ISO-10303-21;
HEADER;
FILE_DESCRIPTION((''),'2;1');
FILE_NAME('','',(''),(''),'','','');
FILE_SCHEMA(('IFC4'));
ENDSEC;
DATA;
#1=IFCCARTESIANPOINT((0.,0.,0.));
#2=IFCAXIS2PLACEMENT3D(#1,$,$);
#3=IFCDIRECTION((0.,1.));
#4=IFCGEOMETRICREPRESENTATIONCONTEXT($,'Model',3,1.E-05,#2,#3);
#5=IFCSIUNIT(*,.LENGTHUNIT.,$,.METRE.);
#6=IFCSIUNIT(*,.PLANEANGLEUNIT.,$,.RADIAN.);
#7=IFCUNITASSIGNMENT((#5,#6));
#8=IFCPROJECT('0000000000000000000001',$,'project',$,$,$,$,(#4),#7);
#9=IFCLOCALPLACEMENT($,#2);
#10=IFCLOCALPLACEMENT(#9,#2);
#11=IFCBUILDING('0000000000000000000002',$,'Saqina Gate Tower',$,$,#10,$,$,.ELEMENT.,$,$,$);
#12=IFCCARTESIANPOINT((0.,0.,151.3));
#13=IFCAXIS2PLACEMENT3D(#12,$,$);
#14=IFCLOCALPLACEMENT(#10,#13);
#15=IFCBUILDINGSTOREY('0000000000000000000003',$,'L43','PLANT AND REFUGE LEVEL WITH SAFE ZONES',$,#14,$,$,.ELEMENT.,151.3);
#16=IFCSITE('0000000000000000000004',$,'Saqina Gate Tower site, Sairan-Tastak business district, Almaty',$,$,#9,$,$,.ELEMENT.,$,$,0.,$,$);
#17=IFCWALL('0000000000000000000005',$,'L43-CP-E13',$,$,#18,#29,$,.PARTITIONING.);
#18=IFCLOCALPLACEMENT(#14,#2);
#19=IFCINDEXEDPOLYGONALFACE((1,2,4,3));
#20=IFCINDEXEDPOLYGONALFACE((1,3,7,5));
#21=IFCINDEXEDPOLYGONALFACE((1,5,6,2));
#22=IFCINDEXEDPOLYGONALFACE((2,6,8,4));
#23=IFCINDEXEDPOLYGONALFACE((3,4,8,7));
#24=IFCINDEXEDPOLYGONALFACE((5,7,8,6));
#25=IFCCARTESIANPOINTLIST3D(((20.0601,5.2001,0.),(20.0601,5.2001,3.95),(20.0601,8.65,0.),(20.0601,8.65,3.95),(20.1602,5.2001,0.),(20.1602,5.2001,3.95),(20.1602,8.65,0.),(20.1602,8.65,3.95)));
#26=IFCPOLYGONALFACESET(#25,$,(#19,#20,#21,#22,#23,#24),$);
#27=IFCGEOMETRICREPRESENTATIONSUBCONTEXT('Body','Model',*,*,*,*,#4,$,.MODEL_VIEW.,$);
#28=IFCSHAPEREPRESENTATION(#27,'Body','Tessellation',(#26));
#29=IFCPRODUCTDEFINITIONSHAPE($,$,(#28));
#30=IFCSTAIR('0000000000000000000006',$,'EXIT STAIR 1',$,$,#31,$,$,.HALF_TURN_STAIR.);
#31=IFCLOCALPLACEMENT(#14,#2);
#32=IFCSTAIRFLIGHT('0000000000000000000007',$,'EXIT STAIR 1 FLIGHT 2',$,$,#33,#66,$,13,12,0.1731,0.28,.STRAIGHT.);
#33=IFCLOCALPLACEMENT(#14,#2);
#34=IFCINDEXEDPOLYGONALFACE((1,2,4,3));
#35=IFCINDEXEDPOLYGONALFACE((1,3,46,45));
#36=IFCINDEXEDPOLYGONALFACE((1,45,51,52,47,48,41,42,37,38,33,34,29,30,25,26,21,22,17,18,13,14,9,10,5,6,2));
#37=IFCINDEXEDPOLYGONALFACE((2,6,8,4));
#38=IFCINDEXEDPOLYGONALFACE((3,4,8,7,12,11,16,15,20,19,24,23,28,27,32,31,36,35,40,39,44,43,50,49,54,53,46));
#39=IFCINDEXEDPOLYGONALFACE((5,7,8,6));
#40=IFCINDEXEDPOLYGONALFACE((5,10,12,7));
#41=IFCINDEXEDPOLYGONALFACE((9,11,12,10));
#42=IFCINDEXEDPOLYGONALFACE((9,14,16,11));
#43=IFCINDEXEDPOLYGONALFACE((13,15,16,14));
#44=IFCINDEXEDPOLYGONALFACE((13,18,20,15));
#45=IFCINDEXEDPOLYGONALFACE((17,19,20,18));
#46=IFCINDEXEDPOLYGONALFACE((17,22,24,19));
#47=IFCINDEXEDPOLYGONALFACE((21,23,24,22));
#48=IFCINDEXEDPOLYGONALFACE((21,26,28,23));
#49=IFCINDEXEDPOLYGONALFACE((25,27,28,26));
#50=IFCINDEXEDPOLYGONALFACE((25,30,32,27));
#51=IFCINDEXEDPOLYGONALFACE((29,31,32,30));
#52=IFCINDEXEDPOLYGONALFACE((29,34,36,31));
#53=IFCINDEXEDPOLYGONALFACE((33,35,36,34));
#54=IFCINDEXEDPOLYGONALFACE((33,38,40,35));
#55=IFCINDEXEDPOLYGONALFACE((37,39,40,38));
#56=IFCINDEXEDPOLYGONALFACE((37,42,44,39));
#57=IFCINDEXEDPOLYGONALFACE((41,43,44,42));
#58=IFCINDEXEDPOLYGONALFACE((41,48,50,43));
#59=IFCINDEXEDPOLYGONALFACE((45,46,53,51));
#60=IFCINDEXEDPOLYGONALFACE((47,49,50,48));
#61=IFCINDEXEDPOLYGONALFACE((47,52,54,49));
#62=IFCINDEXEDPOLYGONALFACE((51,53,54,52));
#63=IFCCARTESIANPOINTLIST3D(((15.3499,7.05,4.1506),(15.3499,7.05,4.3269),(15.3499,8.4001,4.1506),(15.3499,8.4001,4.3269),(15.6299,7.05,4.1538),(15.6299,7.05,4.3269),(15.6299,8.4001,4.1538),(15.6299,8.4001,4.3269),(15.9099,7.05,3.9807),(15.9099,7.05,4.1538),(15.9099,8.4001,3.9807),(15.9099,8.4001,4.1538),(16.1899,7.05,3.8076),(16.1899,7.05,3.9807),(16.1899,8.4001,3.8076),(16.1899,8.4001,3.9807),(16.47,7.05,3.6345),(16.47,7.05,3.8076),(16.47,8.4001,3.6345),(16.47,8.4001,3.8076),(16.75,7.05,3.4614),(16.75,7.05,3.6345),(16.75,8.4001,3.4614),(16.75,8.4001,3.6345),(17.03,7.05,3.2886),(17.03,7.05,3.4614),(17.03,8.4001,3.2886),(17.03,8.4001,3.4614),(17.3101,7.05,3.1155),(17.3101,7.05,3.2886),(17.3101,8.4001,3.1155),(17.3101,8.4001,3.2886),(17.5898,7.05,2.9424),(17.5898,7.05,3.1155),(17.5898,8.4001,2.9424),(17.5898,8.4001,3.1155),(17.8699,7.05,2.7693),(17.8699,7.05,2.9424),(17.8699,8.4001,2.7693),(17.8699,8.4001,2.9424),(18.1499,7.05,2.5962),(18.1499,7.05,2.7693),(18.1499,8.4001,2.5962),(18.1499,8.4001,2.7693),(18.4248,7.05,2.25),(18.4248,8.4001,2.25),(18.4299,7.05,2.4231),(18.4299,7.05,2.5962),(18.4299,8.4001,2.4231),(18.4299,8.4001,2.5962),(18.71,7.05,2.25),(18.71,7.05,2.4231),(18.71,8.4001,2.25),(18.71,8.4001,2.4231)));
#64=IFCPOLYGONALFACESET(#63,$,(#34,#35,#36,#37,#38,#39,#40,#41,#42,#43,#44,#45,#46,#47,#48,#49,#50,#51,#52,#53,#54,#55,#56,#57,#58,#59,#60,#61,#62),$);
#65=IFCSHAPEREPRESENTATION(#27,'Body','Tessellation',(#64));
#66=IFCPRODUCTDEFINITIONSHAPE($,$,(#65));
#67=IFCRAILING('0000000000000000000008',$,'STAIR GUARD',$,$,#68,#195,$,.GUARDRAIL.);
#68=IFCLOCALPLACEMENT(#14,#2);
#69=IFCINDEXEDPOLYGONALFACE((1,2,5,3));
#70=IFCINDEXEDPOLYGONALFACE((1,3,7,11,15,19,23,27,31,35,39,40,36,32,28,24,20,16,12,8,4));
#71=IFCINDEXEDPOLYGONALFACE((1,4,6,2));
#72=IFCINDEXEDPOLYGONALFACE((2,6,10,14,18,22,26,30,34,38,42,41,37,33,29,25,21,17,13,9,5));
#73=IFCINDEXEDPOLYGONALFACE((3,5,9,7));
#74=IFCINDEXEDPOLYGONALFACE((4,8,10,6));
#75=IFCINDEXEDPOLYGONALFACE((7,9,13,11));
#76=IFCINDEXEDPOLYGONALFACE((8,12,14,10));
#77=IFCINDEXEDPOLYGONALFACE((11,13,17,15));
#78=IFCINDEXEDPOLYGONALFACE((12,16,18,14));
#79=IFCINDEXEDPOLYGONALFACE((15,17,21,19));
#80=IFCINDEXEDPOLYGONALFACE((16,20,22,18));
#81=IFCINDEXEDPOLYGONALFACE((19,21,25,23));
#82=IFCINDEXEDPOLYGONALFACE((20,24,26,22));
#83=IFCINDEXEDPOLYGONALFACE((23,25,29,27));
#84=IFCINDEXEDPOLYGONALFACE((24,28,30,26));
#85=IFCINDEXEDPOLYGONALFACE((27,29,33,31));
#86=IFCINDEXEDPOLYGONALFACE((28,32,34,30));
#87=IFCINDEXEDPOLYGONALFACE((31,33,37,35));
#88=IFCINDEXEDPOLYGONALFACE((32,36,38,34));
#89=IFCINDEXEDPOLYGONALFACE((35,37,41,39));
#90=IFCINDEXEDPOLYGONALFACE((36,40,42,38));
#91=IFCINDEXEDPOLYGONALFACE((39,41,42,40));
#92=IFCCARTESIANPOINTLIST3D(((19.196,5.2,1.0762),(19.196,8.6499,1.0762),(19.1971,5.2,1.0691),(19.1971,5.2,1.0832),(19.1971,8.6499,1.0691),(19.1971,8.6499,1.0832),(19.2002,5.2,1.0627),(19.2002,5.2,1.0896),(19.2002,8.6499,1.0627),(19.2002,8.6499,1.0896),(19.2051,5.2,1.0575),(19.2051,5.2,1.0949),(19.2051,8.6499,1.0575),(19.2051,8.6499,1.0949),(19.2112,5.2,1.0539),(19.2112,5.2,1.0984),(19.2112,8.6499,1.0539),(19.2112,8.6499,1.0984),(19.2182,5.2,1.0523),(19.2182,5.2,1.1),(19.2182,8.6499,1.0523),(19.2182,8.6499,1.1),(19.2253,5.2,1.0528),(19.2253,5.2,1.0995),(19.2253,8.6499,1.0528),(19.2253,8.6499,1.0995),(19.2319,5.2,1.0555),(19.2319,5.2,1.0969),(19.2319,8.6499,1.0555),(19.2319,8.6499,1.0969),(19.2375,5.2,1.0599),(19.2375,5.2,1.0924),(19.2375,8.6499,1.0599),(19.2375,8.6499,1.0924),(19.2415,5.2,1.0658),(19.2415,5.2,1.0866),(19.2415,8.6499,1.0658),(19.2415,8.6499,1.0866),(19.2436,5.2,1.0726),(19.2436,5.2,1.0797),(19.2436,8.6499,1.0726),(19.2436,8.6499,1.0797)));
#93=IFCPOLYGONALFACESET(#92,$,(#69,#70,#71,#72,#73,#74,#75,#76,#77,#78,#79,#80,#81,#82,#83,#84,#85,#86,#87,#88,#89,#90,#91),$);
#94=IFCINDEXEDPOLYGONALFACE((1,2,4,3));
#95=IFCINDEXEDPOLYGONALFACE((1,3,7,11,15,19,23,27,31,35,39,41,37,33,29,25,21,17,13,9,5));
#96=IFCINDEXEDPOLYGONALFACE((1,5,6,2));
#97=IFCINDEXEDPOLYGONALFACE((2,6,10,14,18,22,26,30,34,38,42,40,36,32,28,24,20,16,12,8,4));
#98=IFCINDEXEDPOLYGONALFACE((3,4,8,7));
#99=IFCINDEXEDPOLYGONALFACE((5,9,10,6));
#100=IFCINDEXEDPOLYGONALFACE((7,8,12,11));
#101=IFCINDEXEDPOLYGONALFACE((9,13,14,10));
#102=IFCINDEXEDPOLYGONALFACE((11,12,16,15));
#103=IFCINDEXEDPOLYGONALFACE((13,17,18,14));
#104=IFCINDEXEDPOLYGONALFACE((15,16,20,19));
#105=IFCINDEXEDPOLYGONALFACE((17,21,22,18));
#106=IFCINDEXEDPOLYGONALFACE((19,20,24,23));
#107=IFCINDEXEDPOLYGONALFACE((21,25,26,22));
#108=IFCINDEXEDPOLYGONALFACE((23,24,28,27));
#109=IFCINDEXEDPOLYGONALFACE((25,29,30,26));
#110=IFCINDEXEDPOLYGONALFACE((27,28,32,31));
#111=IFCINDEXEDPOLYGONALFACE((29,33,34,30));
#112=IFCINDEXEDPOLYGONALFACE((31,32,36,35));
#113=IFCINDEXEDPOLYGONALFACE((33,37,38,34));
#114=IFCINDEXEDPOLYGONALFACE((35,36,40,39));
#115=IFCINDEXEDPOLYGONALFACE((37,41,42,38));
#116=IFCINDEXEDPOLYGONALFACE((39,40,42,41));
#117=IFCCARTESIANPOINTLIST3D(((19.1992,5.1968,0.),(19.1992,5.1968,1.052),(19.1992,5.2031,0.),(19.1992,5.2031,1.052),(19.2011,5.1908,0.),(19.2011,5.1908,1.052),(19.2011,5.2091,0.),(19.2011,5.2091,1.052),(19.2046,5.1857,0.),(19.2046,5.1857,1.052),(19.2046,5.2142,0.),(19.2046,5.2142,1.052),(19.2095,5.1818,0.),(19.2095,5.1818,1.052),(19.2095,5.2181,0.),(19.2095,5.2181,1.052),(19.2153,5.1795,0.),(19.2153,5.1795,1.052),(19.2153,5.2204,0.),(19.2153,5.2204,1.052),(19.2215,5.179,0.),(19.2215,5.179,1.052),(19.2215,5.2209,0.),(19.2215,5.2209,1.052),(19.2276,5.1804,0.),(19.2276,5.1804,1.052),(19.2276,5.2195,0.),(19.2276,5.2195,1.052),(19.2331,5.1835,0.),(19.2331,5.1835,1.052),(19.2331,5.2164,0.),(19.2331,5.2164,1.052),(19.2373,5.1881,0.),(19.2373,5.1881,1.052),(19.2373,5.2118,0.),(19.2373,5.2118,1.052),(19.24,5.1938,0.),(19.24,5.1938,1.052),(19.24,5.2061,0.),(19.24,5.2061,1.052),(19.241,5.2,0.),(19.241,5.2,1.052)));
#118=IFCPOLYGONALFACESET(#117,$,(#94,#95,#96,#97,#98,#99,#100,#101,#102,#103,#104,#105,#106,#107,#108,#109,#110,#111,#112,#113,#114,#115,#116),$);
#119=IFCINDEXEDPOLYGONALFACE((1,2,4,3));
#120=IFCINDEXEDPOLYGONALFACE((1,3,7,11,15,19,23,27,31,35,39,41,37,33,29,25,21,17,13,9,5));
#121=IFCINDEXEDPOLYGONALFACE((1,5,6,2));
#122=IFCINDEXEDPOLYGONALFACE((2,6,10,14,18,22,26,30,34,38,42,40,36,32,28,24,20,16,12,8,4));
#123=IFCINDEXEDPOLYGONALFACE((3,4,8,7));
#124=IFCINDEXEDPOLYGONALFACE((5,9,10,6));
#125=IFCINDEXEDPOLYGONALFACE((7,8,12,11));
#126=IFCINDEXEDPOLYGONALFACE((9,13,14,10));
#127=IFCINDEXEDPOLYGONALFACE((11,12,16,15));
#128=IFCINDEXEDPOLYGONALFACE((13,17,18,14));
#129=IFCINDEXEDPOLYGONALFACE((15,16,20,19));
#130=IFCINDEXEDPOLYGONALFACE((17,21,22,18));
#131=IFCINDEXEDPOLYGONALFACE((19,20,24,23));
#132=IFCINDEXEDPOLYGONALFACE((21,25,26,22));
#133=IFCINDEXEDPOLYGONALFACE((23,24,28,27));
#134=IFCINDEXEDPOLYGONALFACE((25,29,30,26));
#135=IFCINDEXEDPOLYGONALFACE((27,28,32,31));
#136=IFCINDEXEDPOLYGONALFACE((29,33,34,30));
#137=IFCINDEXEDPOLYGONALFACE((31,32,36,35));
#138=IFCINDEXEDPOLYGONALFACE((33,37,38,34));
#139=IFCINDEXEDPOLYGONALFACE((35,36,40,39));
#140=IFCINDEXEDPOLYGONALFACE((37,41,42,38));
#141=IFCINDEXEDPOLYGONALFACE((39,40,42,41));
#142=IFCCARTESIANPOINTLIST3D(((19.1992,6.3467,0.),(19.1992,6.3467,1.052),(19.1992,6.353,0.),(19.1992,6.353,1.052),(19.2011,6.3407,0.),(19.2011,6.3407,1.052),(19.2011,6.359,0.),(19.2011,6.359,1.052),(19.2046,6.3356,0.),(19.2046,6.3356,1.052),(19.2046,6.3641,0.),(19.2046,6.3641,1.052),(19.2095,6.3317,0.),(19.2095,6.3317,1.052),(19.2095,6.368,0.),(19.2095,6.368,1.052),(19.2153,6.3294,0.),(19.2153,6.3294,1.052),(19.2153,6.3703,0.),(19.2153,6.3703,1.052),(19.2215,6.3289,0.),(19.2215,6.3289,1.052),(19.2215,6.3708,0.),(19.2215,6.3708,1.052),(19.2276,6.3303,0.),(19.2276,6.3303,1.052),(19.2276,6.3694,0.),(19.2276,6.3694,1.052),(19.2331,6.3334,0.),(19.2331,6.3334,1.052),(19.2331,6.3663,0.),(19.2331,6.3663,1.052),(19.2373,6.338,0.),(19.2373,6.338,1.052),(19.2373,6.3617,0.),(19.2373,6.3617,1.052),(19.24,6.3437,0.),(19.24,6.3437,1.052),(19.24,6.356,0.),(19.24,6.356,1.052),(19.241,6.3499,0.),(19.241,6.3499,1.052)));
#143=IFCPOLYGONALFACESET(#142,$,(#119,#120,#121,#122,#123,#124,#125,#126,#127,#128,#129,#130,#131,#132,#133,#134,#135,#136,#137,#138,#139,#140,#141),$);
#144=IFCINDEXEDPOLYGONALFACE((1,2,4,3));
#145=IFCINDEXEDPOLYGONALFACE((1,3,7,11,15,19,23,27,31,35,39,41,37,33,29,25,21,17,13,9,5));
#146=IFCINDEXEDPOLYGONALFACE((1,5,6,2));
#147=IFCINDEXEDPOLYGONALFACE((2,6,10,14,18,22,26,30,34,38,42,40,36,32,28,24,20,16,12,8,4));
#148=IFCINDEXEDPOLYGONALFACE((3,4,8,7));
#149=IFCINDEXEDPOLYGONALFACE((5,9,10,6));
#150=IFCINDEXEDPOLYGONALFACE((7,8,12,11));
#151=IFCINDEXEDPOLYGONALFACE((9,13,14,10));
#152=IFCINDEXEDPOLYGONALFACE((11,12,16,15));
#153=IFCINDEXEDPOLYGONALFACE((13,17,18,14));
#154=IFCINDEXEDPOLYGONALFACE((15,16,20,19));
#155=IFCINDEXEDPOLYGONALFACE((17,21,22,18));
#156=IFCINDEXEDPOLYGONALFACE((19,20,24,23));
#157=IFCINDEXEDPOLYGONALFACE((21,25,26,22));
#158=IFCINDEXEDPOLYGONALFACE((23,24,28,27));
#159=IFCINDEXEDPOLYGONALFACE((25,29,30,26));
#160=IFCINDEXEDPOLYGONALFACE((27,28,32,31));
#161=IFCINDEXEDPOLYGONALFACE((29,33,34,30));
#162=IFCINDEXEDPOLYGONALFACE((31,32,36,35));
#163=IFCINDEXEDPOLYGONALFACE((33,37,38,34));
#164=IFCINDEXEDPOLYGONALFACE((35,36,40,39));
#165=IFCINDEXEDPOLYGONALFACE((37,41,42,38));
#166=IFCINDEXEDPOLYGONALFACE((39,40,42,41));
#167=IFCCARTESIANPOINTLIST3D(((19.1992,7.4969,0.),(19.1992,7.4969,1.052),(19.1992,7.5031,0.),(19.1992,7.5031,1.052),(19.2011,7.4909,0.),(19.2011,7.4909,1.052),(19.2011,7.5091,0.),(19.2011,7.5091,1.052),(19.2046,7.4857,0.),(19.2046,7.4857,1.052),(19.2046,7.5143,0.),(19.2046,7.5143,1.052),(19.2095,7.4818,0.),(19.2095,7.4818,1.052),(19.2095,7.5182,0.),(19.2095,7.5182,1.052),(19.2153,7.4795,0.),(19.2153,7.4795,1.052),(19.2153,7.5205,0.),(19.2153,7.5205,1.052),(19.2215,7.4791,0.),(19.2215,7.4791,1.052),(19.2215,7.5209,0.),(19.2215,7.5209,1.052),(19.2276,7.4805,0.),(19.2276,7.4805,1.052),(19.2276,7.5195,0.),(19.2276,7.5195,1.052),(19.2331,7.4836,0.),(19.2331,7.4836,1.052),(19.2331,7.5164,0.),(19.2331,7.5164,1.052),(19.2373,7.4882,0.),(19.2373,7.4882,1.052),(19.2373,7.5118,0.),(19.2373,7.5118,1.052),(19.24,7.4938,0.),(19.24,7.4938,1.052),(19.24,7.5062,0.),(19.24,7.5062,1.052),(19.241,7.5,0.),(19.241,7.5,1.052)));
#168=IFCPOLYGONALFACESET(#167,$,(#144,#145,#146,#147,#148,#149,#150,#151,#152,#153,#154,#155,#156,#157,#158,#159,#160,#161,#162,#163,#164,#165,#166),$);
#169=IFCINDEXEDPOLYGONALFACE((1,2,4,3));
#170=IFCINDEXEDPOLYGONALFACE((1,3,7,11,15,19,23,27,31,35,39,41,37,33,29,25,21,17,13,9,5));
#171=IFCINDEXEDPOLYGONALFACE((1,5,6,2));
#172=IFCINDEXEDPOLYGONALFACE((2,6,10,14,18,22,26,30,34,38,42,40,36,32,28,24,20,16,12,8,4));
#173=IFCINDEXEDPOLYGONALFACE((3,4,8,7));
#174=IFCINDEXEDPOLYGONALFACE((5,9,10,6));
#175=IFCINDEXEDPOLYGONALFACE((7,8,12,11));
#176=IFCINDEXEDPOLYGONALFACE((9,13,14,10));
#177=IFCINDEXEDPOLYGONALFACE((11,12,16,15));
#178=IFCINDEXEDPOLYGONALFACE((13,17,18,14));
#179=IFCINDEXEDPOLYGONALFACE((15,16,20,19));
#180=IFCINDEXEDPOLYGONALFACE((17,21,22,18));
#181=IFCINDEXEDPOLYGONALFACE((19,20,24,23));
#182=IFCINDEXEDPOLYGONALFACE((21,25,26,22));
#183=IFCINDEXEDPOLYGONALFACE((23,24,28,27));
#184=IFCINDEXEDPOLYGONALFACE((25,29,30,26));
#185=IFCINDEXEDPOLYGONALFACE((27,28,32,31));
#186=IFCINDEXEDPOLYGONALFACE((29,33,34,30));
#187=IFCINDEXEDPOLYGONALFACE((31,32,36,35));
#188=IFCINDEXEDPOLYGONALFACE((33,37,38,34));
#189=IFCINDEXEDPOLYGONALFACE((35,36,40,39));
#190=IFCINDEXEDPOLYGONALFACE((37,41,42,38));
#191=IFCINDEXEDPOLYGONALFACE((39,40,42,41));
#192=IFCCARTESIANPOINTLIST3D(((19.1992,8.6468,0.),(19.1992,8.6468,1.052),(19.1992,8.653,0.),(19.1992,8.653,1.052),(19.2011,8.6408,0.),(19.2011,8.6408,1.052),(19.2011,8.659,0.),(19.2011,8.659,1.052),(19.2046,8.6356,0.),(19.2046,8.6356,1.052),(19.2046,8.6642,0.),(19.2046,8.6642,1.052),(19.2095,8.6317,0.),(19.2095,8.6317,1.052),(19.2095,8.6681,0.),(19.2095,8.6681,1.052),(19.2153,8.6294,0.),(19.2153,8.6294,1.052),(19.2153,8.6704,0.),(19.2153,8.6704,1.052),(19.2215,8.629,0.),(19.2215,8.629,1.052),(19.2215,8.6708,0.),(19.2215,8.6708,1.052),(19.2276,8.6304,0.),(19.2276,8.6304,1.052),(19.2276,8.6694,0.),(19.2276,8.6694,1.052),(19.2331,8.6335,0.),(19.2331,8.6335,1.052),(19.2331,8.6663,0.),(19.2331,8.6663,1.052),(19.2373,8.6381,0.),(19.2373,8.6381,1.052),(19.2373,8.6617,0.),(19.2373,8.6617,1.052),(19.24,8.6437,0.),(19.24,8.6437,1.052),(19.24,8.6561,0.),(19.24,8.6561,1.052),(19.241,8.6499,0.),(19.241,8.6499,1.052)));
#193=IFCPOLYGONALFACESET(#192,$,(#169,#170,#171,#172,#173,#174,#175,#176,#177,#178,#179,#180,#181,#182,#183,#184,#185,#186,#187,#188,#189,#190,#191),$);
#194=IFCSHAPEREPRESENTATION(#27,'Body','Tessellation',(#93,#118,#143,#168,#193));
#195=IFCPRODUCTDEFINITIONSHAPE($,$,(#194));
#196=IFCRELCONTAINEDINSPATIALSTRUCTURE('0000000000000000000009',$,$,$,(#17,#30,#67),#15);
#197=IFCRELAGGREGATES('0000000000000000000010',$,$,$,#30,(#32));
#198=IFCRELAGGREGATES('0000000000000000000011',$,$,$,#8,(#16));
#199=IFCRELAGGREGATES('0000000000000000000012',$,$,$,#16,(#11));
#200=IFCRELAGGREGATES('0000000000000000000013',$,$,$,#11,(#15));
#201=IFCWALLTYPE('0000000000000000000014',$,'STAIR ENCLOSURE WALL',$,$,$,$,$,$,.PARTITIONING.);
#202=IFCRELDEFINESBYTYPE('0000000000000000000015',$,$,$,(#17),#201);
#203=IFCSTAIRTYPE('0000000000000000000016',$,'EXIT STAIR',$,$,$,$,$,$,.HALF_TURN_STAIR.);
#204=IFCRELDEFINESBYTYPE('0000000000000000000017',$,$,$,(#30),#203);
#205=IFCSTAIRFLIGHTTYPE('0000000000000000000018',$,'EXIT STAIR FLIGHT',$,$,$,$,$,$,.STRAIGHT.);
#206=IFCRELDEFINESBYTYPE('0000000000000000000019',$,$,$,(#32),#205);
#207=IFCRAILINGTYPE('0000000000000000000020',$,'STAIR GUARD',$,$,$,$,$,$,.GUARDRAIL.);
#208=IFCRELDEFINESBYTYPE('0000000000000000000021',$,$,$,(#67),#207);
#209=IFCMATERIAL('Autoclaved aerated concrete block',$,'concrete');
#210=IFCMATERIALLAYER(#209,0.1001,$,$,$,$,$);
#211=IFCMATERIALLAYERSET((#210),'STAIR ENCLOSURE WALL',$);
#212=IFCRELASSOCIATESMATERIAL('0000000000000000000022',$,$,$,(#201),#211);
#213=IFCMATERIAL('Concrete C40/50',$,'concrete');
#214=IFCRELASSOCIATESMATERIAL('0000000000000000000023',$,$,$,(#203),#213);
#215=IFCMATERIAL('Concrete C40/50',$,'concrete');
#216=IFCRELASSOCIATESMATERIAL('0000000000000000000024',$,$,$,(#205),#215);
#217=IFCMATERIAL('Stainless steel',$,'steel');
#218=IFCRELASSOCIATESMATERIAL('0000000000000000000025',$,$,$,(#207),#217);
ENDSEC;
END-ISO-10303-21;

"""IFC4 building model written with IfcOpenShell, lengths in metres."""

from ifc_helpers import new_model, si_unit, direction, frame, frame_2d, origin, origin_2d, place, context, subcontext, project, spatial, polyline, rectangle, circle, outline, extrude, material, layer, layer_set, type_object, element, aggregate, save


model = new_model("IFC4")

# Units and contexts
model_context = context("Model", 3, precision=1e-05, world=origin(), true_north=direction((0.0, 1.0)))
body_context = subcontext(model_context, "Body", "Model", "MODEL_VIEW")
ifc_project = project(units=[si_unit("LENGTHUNIT", "METRE"), si_unit("PLANEANGLEUNIT", "RADIAN")], contexts=[model_context])

# Site, building, storey
site_placement = place(None, origin())
site = spatial("IfcSite", under=ifc_project, at=site_placement, Name="Saqina Gate Tower site, Sairan-Tastak business district, Almaty", CompositionType="ELEMENT", RefElevation=0.0)
building_placement = place(site_placement, origin())
building = spatial("IfcBuilding", under=site, at=building_placement, Name="Saqina Gate Tower", CompositionType="ELEMENT")
storey_placement = place(building_placement, frame((0.0, 0.0, 151.3)))
storey = spatial("IfcBuildingStorey", under=building, at=storey_placement, Name="L43", Description="PLANT AND REFUGE LEVEL WITH SAFE ZONES", CompositionType="ELEMENT", Elevation=151.3)

# Wall
ifc_material_1 = material(Name="Autoclaved aerated concrete block", Category="concrete")
ifc_layer_1 = layer(ifc_material_1, 0.1001)
ifc_layer_set_1 = layer_set([ifc_layer_1], Name="STAIR ENCLOSURE WALL")
wall_type_1 = type_object("IfcWallType", Name="STAIR ENCLOSURE WALL", PredefinedType="PARTITIONING", material=ifc_layer_set_1)
wall_1_placement = place(storey_placement, frame((20.1101, 5.2, 0.0), z_axis=(0.0, 0.0, 1.0), x_axis=(0.0, 1.0, 0.0)))
element("IfcWall", 1, at=wall_1_placement, inside=storey, type_object=wall_type_1, Name="L43-CP-E13", PredefinedType="PARTITIONING", context=body_context, shape_type="SweptSolid", body=[
    extrude(rectangle(XDim=3.45, YDim=0.1001, at=frame_2d((1.7251, 0.0))), origin(), (0.0, 0.0, 1.0), 3.95),
])

# Stair, stair flight
ifc_material_2 = material(Name="Concrete C40/50", Category="concrete")
stair_type = type_object("IfcStairType", Name="EXIT STAIR", PredefinedType="HALF_TURN_STAIR", material=ifc_material_2)
stair_placement = place(storey_placement, origin())
stair = element("IfcStair", 2, at=stair_placement, inside=storey, type_object=stair_type, Name="EXIT STAIR 1", PredefinedType="HALF_TURN_STAIR")
ifc_material_3 = material(Name="Concrete C40/50", Category="concrete")
stair_flight_type = type_object("IfcStairFlightType", Name="EXIT STAIR FLIGHT", PredefinedType="STRAIGHT", material=ifc_material_3)
stair_flight_placement = place(storey_placement, frame((18.71, 7.7251, 2.25), z_axis=(0.0, 0.0, 1.0), x_axis=(-1.0, 0.0, 0.0)))
stair_flight = element("IfcStairFlight", 3, at=stair_flight_placement, type_object=stair_flight_type, Name="EXIT STAIR 1 FLIGHT 2", NumberOfRisers=13, NumberOfTreads=12, PredefinedType="STRAIGHT", RiserHeight=0.1731, TreadLength=0.28, context=body_context, shape_type="SweptSolid", body=[
    extrude(outline(polyline([(0.0, 0.0), (0.0, 0.1731), (0.28, 0.1731), (0.28, 0.3462), (0.5601, 0.3462), (0.5601, 0.5193), (0.8401, 0.5193), (0.8401, 0.6924), (1.1201, 0.6924), (1.1201, 0.8655), (1.3999, 0.8655), (1.3999, 1.0386), (1.6799, 1.0386), (1.6799, 1.2114), (1.96, 1.2114), (1.96, 1.3845), (2.24, 1.3845), (2.24, 1.5576), (2.52, 1.5576), (2.52, 1.7307), (2.8, 1.7307), (2.8, 1.9038), (3.0801, 1.9038), (3.0801, 2.0769), (3.3601, 2.0769), (3.3601, 2.25), (3.3601, 1.9006), (0.2852, 0.0), (0.0, 0.0)])), frame((0.0, 0.675, 0.0), z_axis=(0.0, -1.0, 0.0), x_axis=(1.0, 0.0, 0.0)), (0.0, 0.0, 1.0), 1.3501),
])
aggregate(stair, [stair_flight])

# Railing
ifc_material_4 = material(Name="Stainless steel", Category="steel")
railing_type = type_object("IfcRailingType", Name="STAIR GUARD", PredefinedType="GUARDRAIL", material=ifc_material_4)
railing_placement = place(storey_placement, frame((19.22, 5.2, 0.0)))
element("IfcRailing", 4, at=railing_placement, inside=storey, type_object=railing_type, Name="STAIR GUARD", PredefinedType="GUARDRAIL", context=body_context, shape_type="SweptSolid", body=[
    extrude(circle(Radius=0.0239, at=origin_2d()), frame((0.0, 0.0, 1.0762), z_axis=(0.0, 1.0, 0.0), x_axis=(-1.0, 0.0, 0.0)), (0.0, 0.0, 1.0), 3.45),
    extrude(circle(Radius=0.021, at=origin_2d()), origin(), (0.0, 0.0, 1.0), 1.052),
    extrude(circle(Radius=0.021, at=origin_2d()), frame((0.0, 1.1499, 0.0)), (0.0, 0.0, 1.0), 1.052),
    extrude(circle(Radius=0.021, at=origin_2d()), frame((0.0, 2.3, 0.0)), (0.0, 0.0, 1.0), 1.052),
    extrude(circle(Radius=0.021, at=origin_2d()), frame((0.0, 3.45, 0.0)), (0.0, 0.0, 1.0), 1.052),
])

save(model, "model.ifc")
